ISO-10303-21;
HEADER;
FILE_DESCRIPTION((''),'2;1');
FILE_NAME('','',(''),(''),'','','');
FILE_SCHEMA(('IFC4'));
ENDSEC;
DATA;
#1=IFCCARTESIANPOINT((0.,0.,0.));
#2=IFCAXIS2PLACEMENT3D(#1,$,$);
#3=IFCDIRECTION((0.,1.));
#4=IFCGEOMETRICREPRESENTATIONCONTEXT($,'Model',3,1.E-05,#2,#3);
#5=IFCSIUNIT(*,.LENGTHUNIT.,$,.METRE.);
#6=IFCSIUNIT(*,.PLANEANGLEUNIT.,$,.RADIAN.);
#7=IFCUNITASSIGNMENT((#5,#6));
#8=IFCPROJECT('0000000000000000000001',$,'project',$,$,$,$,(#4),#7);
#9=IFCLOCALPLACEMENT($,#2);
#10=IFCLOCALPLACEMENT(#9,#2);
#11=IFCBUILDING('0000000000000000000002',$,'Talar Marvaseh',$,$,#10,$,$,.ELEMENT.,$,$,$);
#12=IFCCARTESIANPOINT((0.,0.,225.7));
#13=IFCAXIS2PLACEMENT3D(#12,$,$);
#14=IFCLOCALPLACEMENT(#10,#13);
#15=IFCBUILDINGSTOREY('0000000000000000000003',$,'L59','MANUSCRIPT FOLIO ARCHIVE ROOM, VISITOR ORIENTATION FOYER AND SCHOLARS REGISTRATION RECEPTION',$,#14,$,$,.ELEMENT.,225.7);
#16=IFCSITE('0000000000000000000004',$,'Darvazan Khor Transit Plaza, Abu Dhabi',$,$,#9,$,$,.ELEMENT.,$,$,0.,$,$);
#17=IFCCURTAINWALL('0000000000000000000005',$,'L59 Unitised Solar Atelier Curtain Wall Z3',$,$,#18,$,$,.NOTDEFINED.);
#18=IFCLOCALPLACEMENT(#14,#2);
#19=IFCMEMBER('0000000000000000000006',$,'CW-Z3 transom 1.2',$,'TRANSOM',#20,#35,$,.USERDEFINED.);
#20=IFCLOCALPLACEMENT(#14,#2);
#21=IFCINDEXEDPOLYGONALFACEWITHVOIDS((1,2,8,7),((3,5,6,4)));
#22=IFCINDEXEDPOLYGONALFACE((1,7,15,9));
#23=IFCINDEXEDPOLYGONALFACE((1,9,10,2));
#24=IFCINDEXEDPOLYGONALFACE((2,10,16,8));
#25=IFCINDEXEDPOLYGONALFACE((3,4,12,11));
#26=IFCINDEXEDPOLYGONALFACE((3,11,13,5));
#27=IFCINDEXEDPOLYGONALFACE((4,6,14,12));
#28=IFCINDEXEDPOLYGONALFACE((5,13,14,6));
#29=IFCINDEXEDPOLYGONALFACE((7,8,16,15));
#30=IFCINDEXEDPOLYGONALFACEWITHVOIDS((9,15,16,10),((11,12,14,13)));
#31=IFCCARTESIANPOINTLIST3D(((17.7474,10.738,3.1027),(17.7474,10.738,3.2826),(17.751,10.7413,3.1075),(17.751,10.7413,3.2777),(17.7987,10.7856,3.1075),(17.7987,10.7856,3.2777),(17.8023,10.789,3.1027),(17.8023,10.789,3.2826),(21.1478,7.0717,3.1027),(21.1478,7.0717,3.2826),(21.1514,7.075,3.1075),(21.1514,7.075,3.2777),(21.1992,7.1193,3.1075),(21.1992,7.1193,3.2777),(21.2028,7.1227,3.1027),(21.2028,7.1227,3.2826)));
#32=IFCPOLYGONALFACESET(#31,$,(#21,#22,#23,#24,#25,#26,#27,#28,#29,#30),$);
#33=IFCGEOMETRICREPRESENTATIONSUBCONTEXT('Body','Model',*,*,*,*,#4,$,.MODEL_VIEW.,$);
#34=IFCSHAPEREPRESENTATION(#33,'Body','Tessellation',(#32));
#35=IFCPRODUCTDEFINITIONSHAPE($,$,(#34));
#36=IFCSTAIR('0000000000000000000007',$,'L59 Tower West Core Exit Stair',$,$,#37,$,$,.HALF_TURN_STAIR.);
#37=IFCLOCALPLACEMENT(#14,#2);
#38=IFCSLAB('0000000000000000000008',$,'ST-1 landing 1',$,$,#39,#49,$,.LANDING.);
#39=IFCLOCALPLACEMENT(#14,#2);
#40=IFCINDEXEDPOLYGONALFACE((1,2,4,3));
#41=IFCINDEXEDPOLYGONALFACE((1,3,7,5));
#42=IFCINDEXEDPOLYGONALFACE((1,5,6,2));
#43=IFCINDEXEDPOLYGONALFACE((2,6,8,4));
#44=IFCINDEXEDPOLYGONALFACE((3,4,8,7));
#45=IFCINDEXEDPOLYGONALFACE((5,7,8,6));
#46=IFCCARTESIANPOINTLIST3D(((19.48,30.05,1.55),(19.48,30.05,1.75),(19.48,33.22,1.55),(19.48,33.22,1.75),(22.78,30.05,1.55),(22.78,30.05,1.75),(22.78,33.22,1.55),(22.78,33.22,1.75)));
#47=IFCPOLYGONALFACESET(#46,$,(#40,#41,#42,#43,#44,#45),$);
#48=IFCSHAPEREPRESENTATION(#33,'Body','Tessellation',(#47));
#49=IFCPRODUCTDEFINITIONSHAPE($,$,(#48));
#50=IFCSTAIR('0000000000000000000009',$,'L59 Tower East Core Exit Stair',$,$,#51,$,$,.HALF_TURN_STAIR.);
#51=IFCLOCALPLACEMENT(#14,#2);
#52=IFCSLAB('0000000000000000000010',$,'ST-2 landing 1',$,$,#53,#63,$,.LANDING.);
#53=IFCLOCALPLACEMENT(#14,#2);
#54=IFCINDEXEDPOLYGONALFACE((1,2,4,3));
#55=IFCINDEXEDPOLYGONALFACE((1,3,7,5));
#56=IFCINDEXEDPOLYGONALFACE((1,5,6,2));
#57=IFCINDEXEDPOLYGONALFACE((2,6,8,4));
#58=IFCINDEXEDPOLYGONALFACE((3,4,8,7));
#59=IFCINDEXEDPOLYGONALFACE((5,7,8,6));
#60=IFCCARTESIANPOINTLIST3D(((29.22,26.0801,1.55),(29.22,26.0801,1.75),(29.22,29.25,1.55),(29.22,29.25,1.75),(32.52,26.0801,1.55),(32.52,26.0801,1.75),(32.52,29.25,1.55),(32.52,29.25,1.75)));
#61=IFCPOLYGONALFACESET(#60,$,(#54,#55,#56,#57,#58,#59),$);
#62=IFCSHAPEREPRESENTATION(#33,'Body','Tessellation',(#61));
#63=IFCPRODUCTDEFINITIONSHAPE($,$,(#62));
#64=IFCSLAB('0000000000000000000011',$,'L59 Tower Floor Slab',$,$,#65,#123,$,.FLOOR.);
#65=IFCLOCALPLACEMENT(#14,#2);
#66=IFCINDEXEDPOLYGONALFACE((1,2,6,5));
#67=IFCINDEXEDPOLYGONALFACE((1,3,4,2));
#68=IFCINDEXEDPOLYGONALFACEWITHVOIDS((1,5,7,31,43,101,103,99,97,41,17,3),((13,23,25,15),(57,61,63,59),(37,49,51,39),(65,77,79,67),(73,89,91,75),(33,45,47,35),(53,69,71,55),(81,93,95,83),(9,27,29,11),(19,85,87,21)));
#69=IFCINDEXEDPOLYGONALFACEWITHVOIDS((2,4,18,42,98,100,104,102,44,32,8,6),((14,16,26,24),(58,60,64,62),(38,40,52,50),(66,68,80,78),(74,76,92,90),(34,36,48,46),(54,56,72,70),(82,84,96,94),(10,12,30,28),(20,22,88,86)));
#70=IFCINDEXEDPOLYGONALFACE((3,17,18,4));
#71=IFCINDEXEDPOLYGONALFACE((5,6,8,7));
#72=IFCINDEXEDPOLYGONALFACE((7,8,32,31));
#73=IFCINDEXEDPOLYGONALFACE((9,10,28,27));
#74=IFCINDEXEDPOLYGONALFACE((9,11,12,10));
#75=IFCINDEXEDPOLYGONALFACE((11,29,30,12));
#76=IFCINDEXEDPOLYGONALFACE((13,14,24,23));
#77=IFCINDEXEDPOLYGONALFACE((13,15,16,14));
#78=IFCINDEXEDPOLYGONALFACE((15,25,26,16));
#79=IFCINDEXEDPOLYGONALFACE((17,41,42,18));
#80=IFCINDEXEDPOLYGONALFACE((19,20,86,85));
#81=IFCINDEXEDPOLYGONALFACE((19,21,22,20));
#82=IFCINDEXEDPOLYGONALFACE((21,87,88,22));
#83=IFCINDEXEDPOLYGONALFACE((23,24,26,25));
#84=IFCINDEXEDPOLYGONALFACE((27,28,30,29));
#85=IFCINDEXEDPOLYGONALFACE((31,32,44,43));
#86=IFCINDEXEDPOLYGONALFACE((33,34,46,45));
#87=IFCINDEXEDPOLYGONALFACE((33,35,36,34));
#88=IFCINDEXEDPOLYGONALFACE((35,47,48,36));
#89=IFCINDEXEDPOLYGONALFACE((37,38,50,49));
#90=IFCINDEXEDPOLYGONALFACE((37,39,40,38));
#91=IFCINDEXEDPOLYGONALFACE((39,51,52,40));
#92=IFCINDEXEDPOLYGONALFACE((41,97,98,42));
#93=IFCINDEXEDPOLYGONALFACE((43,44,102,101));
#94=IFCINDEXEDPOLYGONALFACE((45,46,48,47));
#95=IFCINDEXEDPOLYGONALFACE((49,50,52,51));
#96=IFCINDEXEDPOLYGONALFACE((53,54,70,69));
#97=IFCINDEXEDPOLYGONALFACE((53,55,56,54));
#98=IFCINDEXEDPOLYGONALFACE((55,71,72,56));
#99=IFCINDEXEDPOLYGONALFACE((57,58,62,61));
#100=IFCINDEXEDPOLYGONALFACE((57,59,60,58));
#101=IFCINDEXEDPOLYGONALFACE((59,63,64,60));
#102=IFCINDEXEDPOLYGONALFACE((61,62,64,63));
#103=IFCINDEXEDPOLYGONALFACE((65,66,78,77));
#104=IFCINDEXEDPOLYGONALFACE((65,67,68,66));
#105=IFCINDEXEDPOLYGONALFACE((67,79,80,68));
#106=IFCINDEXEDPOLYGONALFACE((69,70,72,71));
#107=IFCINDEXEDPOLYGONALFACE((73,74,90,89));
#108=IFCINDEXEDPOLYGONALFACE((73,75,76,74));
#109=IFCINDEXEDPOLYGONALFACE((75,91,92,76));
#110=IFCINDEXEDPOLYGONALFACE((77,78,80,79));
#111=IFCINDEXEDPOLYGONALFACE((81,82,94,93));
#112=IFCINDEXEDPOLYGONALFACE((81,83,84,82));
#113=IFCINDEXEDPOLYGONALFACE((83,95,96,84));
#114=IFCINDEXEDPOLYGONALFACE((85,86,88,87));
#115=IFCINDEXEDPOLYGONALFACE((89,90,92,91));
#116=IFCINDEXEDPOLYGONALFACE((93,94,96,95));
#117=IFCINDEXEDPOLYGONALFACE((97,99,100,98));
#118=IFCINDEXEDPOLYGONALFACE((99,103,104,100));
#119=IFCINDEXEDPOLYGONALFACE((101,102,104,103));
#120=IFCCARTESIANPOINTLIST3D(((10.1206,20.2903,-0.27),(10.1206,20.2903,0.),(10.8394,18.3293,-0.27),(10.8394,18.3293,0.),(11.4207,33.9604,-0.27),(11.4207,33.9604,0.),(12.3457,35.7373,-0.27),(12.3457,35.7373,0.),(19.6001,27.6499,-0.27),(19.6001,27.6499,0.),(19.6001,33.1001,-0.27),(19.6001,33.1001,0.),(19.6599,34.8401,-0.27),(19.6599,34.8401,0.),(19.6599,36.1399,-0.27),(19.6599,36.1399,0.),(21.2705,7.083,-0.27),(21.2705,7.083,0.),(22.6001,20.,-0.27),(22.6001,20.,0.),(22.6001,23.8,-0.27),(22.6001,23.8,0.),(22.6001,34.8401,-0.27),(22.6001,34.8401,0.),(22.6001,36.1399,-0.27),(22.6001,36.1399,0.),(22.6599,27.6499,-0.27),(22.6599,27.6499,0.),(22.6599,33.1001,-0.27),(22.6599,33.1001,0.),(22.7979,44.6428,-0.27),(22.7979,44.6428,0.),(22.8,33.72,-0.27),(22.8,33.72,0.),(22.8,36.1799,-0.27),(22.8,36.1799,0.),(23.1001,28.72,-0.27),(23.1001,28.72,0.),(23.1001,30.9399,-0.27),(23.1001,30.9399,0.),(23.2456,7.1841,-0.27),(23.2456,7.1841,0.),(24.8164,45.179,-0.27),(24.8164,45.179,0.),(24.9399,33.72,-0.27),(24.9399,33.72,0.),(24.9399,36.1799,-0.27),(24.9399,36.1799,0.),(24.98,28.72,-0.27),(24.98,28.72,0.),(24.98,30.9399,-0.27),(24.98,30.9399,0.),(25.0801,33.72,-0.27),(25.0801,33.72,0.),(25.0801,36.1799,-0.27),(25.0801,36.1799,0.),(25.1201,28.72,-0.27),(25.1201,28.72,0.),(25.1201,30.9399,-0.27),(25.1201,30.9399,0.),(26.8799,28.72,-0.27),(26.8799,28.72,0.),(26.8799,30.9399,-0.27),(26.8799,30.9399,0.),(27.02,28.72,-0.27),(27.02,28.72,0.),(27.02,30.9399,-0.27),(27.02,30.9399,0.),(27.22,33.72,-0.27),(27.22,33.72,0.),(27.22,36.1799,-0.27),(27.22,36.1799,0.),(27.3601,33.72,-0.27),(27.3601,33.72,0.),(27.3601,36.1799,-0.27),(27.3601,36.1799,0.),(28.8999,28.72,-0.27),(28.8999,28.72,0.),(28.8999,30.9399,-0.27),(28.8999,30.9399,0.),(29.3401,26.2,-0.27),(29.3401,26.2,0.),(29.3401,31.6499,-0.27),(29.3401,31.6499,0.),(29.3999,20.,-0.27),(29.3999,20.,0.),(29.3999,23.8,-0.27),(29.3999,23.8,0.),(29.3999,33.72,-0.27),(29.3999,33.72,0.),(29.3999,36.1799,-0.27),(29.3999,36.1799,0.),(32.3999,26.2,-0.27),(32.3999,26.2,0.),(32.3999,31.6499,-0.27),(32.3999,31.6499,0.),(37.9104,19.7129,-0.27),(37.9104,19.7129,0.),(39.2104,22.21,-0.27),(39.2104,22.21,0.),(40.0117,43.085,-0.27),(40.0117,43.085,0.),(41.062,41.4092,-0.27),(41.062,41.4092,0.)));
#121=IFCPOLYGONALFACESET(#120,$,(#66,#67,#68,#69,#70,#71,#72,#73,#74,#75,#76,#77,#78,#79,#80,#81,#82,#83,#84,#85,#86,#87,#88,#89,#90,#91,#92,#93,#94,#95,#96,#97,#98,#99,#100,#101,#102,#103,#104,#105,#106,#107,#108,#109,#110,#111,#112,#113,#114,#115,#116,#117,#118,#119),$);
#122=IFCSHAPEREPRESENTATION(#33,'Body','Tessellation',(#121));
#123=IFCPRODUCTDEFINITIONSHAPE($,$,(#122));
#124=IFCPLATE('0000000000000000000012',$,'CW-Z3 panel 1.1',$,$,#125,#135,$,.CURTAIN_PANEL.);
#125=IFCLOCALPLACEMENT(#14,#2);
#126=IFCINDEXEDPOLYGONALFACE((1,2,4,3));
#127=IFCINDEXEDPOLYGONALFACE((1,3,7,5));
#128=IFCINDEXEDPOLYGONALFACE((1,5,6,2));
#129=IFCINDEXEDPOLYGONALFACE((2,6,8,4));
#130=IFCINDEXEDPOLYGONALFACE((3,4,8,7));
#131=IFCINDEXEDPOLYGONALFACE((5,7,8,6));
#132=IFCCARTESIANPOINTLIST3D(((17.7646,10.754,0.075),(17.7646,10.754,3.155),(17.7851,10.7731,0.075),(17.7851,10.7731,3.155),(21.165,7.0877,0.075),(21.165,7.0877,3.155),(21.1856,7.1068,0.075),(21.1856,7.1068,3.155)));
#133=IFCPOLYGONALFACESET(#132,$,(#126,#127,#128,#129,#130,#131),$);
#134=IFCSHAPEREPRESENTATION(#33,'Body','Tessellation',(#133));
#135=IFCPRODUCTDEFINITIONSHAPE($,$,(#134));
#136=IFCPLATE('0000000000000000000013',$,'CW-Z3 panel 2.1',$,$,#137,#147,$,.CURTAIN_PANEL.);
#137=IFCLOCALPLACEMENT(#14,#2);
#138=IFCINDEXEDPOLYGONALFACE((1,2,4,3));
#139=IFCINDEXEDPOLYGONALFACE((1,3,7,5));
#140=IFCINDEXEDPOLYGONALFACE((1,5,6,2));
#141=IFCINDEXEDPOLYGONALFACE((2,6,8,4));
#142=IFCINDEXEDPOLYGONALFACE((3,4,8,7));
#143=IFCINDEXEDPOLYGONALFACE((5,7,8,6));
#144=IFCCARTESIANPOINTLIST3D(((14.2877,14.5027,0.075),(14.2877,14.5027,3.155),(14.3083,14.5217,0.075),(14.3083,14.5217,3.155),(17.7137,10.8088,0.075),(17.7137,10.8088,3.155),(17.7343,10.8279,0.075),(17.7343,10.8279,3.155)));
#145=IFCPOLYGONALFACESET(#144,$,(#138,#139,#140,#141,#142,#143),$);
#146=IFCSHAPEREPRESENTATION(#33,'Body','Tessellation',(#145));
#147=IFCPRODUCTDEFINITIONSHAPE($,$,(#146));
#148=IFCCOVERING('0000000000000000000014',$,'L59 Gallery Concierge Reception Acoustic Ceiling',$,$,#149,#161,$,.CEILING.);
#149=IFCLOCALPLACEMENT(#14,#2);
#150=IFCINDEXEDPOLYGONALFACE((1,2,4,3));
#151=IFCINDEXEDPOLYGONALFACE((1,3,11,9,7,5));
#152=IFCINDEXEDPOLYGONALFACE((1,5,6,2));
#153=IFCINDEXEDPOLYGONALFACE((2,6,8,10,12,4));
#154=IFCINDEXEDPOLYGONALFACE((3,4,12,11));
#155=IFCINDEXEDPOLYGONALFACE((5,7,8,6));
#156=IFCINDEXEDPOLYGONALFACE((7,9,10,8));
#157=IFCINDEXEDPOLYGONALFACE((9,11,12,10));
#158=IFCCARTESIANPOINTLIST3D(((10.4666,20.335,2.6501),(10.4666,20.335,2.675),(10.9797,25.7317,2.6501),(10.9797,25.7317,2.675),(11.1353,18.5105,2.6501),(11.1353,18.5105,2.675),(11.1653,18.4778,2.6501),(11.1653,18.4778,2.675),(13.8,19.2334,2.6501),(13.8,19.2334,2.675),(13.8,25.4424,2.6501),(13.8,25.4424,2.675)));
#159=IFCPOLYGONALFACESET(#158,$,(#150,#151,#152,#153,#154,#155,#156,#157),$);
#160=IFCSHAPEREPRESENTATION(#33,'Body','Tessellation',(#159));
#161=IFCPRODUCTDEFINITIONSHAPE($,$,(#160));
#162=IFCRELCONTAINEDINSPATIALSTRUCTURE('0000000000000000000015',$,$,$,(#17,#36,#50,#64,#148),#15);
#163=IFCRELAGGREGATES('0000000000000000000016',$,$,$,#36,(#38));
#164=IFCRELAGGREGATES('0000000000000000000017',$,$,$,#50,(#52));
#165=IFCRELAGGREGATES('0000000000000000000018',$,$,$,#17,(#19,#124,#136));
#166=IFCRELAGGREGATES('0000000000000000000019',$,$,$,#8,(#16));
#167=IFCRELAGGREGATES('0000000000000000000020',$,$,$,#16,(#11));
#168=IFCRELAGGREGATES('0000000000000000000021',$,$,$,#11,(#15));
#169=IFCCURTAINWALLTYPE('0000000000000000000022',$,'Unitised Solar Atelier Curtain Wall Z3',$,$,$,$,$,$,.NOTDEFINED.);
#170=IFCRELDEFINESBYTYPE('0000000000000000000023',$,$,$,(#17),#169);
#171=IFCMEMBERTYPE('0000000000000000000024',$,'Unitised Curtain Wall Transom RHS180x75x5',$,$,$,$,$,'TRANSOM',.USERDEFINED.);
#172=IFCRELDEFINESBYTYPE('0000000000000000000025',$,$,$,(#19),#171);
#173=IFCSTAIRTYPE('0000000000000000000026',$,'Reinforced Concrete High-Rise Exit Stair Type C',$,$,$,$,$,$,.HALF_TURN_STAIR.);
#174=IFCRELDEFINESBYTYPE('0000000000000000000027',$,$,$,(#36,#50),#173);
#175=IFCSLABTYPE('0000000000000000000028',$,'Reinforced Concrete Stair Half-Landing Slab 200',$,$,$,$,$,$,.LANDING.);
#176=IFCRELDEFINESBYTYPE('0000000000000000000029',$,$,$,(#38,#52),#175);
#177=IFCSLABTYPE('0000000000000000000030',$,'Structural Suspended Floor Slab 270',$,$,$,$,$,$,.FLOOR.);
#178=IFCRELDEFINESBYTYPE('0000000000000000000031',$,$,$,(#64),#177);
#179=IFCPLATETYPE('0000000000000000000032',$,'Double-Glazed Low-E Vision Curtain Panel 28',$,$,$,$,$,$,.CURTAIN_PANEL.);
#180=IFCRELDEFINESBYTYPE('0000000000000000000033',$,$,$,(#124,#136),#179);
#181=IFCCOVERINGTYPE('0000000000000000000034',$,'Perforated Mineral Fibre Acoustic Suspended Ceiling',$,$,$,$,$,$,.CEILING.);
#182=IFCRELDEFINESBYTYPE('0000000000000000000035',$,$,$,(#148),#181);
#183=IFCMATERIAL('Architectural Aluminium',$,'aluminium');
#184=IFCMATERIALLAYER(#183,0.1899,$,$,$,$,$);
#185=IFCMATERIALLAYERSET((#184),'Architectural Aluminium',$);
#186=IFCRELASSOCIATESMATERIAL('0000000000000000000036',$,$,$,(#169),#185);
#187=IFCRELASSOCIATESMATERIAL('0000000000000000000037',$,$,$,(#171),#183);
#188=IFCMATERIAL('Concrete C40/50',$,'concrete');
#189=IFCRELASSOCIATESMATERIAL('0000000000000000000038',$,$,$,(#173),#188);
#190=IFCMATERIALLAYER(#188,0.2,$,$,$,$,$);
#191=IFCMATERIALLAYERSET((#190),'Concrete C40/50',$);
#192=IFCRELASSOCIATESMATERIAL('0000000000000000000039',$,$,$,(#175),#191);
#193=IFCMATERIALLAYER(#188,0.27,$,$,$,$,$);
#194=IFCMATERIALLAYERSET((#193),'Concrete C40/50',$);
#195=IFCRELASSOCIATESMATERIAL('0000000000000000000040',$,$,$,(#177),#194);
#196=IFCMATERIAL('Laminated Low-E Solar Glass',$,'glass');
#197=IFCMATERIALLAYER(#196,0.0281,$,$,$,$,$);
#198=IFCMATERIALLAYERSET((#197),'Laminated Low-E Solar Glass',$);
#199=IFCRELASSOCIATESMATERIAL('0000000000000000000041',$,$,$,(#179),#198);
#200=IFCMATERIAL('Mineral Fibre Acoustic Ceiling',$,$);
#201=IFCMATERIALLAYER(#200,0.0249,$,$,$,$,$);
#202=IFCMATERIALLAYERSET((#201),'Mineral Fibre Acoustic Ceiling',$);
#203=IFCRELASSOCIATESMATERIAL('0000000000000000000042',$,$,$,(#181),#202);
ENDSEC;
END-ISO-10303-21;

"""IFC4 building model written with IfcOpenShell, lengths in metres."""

from ifc_helpers import new_model, si_unit, direction, frame, origin, origin_2d, place, context, subcontext, project, spatial, polyline, rectangle, hollow_rectangle, outline, extrude, source, transform, mapped, material, layer, layer_set, material_profile, profile_set, type_object, type_shapes, element, aggregate, save


model = new_model("IFC4")

# Units and contexts
model_context = context("Model", 3, precision=1e-05, world=origin(), true_north=direction((0.0, 1.0)))
body_context = subcontext(model_context, "Body", "Model", "MODEL_VIEW")
ifc_project = project(units=[si_unit("LENGTHUNIT", "METRE"), si_unit("PLANEANGLEUNIT", "RADIAN")], contexts=[model_context])

# Site, building, storey
site_placement = place(None, origin())
site = spatial("IfcSite", under=ifc_project, at=site_placement, Name="Darvazan Khor Transit Plaza, Abu Dhabi", CompositionType="ELEMENT", RefElevation=0.0)
building_placement = place(site_placement, origin())
building = spatial("IfcBuilding", under=site, at=building_placement, Name="Talar Marvaseh", CompositionType="ELEMENT")
storey_placement = place(building_placement, frame((0.0, 0.0, 225.7)))
storey = spatial("IfcBuildingStorey", under=building, at=storey_placement, Name="L59", Description="MANUSCRIPT FOLIO ARCHIVE ROOM, VISITOR ORIENTATION FOYER AND SCHOLARS REGISTRATION RECEPTION", CompositionType="ELEMENT", Elevation=225.7)

# Curtain wall, member
ifc_material_1 = material(Name="Architectural Aluminium", Category="aluminium")
ifc_layer_1 = layer(ifc_material_1, 0.1899)
ifc_layer_set_1 = layer_set([ifc_layer_1], Name="Architectural Aluminium")
curtain_wall_type = type_object("IfcCurtainWallType", Name="Unitised Solar Atelier Curtain Wall Z3", PredefinedType="NOTDEFINED", material=ifc_layer_set_1)
curtain_wall_placement = place(storey_placement, origin())
curtain_wall = element("IfcCurtainWall", 1, at=curtain_wall_placement, inside=storey, type_object=curtain_wall_type, Name="L59 Unitised Solar Atelier Curtain Wall Z3", PredefinedType="NOTDEFINED")
ifc_material_profile_1 = material_profile(ifc_material_1, hollow_rectangle(XDim=0.075, YDim=0.1799, WallThickness=0.0049, at=origin_2d()), Name="RHS180x75x5")
ifc_profile_set_1 = profile_set([ifc_material_profile_1], Name="Architectural Aluminium")
member_type_1 = type_object("IfcMemberType", Name="Unitised Curtain Wall Transom RHS180x75x5", ElementType="TRANSOM", PredefinedType="USERDEFINED", material=ifc_profile_set_1)
shared_shape_1 = source(origin(), body_context, "Body", "SweptSolid", [
    extrude(hollow_rectangle(XDim=0.075, YDim=0.1799, WallThickness=0.0049, at=origin_2d()), origin(), (0.0, 0.0, 1.0), 5.0005),
])
member_1_placement = place(storey_placement, frame((21.1753, 7.0972, 3.1926), z_axis=(-0.680022, 0.733192, 0.0), x_axis=(-0.733192, -0.680022, 0.0)))
member_1 = element("IfcMember", 2, at=member_1_placement, type_object=member_type_1, Name="CW-Z3 transom 1.2", ObjectType="TRANSOM", PredefinedType="USERDEFINED", context=body_context, shape_type="MappedRepresentation", body=[
    mapped(shared_shape_1, transform((0.0, 0.0, 0.0), x_axis=(1.0, 0.0, 0.0), y_axis=(0.0, 1.0, 0.0), z_axis=(0.0, 0.0, 1.0), scale=1.0)),
])

# Stairs, slabs
ifc_material_2 = material(Name="Concrete C40/50", Category="concrete")
stair_type = type_object("IfcStairType", Name="Reinforced Concrete High-Rise Exit Stair Type C", PredefinedType="HALF_TURN_STAIR", material=ifc_material_2)
stair_1_placement = place(storey_placement, origin())
stair_1 = element("IfcStair", 3, at=stair_1_placement, inside=storey, type_object=stair_type, Name="L59 Tower West Core Exit Stair", PredefinedType="HALF_TURN_STAIR")
ifc_layer_2 = layer(ifc_material_2, 0.2)
ifc_layer_set_2 = layer_set([ifc_layer_2], Name="Concrete C40/50")
slab_type_1 = type_object("IfcSlabType", Name="Reinforced Concrete Stair Half-Landing Slab 200", PredefinedType="LANDING", material=ifc_layer_set_2)
slab_1_placement = place(storey_placement, frame((0.0, 0.0, 1.55)))
slab_1 = element("IfcSlab", 4, at=slab_1_placement, type_object=slab_type_1, Name="ST-1 landing 1", PredefinedType="LANDING", context=body_context, shape_type="SweptSolid", body=[
    extrude(outline(polyline([(22.78, 30.05), (22.78, 33.22), (19.48, 33.22), (19.48, 30.05), (22.78, 30.05)])), origin(), (0.0, 0.0, 1.0), 0.2),
])
aggregate(stair_1, [slab_1])
stair_2_placement = place(storey_placement, origin())
stair_2 = element("IfcStair", 5, at=stair_2_placement, inside=storey, type_object=stair_type, Name="L59 Tower East Core Exit Stair", PredefinedType="HALF_TURN_STAIR")
slab_2_placement = place(storey_placement, frame((0.0, 0.0, 1.55)))
slab_2 = element("IfcSlab", 6, at=slab_2_placement, type_object=slab_type_1, Name="ST-2 landing 1", PredefinedType="LANDING", context=body_context, shape_type="SweptSolid", body=[
    extrude(outline(polyline([(29.22, 29.25), (29.22, 26.0801), (32.52, 26.0801), (32.52, 29.25), (29.22, 29.25)])), origin(), (0.0, 0.0, 1.0), 0.2),
])
aggregate(stair_2, [slab_2])

# Slab
ifc_layer_3 = layer(ifc_material_2, 0.27)
ifc_layer_set_3 = layer_set([ifc_layer_3], Name="Concrete C40/50")
slab_type_2 = type_object("IfcSlabType", Name="Structural Suspended Floor Slab 270", PredefinedType="FLOOR", material=ifc_layer_set_3)
slab_3_placement = place(storey_placement, frame((0.0, 0.0, -0.27)))
element("IfcSlab", 7, at=slab_3_placement, inside=storey, type_object=slab_type_2, Name="L59 Tower Floor Slab", PredefinedType="FLOOR", context=body_context, shape_type="SweptSolid", body=[
    extrude(outline(polyline([(23.2456, 7.1841), (21.2705, 7.083), (10.8394, 18.3293), (10.1206, 20.2903), (11.4207, 33.9604), (12.3457, 35.7373), (22.7979, 44.6428), (24.8164, 45.179), (40.0117, 43.085), (41.062, 41.4092), (39.2104, 22.21), (37.9104, 19.7129), (23.2456, 7.1841)]), holes=[polyline([(22.6599, 27.6499), (22.6599, 33.1001), (19.6001, 33.1001), (19.6001, 27.6499), (22.6599, 27.6499)]), polyline([(29.3401, 31.6499), (29.3401, 26.2), (32.3999, 26.2), (32.3999, 31.6499), (29.3401, 31.6499)]), polyline([(22.8, 33.72), (24.9399, 33.72), (24.9399, 36.1799), (22.8, 36.1799), (22.8, 33.72)]), polyline([(25.0801, 33.72), (27.22, 33.72), (27.22, 36.1799), (25.0801, 36.1799), (25.0801, 33.72)]), polyline([(27.3601, 33.72), (29.3999, 33.72), (29.3999, 36.1799), (27.3601, 36.1799), (27.3601, 33.72)]), polyline([(23.1001, 28.72), (24.98, 28.72), (24.98, 30.9399), (23.1001, 30.9399), (23.1001, 28.72)]), polyline([(25.1201, 28.72), (26.8799, 28.72), (26.8799, 30.9399), (25.1201, 30.9399), (25.1201, 28.72)]), polyline([(27.02, 28.72), (28.8999, 28.72), (28.8999, 30.9399), (27.02, 30.9399), (27.02, 28.72)]), polyline([(19.6599, 34.8401), (22.6001, 34.8401), (22.6001, 36.1399), (19.6599, 36.1399), (19.6599, 34.8401)]), polyline([(22.6001, 20.0), (29.3999, 20.0), (29.3999, 23.8), (22.6001, 23.8), (22.6001, 20.0)])]), origin(), (0.0, 0.0, 1.0), 0.27),
])

# Plates
ifc_material_3 = material(Name="Laminated Low-E Solar Glass", Category="glass")
ifc_layer_4 = layer(ifc_material_3, 0.0281)
ifc_layer_set_4 = layer_set([ifc_layer_4], Name="Laminated Low-E Solar Glass")
plate_type = type_object("IfcPlateType", Name="Double-Glazed Low-E Vision Curtain Panel 28", PredefinedType="CURTAIN_PANEL", material=ifc_layer_set_4)
shared_shape_2 = source(origin(), body_context, "Body", "SweptSolid", [
    extrude(rectangle(XDim=5.0005, YDim=0.0281, at=origin_2d()), origin(), (0.0, 0.0, 1.0), 3.0801),
])
plate_1_placement = place(storey_placement, frame((19.4751, 8.9304, 0.075), z_axis=(0.0, 0.0, 1.0), x_axis=(-0.680031, 0.733183, 0.0)))
plate_1 = element("IfcPlate", 8, at=plate_1_placement, type_object=plate_type, Name="CW-Z3 panel 1.1", PredefinedType="CURTAIN_PANEL", context=body_context, shape_type="MappedRepresentation", body=[
    mapped(shared_shape_2, transform((0.0, 0.0, 0.0), x_axis=(1.0, 0.0, 0.0), y_axis=(0.0, 1.0, 0.0), z_axis=(0.0, 0.0, 1.0), scale=1.0)),
])
shared_shape_3 = source(origin(), body_context, "Body", "SweptSolid", [
    extrude(rectangle(XDim=5.0381, YDim=0.0281, at=origin_2d()), origin(), (0.0, 0.0, 1.0), 3.0801),
])
type_shapes(plate_type, [shared_shape_2, shared_shape_3])
plate_2_placement = place(storey_placement, frame((16.011, 12.6653, 0.075), z_axis=(0.0, 0.0, 1.0), x_axis=(-0.680031, 0.733183, 0.0)))
plate_2 = element("IfcPlate", 9, at=plate_2_placement, type_object=plate_type, Name="CW-Z3 panel 2.1", PredefinedType="CURTAIN_PANEL", context=body_context, shape_type="MappedRepresentation", body=[
    mapped(shared_shape_3, transform((0.0, 0.0, 0.0), x_axis=(1.0, 0.0, 0.0), y_axis=(0.0, 1.0, 0.0), z_axis=(0.0, 0.0, 1.0), scale=1.0)),
])
aggregate(curtain_wall, [member_1, plate_1, plate_2])

# Covering
ifc_material_4 = material(Name="Mineral Fibre Acoustic Ceiling")
ifc_layer_5 = layer(ifc_material_4, 0.0249)
ifc_layer_set_5 = layer_set([ifc_layer_5], Name="Mineral Fibre Acoustic Ceiling")
covering_type_1 = type_object("IfcCoveringType", Name="Perforated Mineral Fibre Acoustic Suspended Ceiling", PredefinedType="CEILING", material=ifc_layer_set_5)
covering_1_placement = place(storey_placement, frame((0.0, 0.0, 2.6501)))
element("IfcCovering", 10, at=covering_1_placement, inside=storey, type_object=covering_type_1, Name="L59 Gallery Concierge Reception Acoustic Ceiling", PredefinedType="CEILING", context=body_context, shape_type="SweptSolid", body=[
    extrude(outline(polyline([(13.8, 25.4424), (13.8, 19.2334), (11.1653, 18.4778), (11.1353, 18.5105), (10.4666, 20.335), (10.9797, 25.7317), (13.8, 25.4424)])), origin(), (0.0, 0.0, 1.0), 0.0249),
])

save(model, "model.ifc")
